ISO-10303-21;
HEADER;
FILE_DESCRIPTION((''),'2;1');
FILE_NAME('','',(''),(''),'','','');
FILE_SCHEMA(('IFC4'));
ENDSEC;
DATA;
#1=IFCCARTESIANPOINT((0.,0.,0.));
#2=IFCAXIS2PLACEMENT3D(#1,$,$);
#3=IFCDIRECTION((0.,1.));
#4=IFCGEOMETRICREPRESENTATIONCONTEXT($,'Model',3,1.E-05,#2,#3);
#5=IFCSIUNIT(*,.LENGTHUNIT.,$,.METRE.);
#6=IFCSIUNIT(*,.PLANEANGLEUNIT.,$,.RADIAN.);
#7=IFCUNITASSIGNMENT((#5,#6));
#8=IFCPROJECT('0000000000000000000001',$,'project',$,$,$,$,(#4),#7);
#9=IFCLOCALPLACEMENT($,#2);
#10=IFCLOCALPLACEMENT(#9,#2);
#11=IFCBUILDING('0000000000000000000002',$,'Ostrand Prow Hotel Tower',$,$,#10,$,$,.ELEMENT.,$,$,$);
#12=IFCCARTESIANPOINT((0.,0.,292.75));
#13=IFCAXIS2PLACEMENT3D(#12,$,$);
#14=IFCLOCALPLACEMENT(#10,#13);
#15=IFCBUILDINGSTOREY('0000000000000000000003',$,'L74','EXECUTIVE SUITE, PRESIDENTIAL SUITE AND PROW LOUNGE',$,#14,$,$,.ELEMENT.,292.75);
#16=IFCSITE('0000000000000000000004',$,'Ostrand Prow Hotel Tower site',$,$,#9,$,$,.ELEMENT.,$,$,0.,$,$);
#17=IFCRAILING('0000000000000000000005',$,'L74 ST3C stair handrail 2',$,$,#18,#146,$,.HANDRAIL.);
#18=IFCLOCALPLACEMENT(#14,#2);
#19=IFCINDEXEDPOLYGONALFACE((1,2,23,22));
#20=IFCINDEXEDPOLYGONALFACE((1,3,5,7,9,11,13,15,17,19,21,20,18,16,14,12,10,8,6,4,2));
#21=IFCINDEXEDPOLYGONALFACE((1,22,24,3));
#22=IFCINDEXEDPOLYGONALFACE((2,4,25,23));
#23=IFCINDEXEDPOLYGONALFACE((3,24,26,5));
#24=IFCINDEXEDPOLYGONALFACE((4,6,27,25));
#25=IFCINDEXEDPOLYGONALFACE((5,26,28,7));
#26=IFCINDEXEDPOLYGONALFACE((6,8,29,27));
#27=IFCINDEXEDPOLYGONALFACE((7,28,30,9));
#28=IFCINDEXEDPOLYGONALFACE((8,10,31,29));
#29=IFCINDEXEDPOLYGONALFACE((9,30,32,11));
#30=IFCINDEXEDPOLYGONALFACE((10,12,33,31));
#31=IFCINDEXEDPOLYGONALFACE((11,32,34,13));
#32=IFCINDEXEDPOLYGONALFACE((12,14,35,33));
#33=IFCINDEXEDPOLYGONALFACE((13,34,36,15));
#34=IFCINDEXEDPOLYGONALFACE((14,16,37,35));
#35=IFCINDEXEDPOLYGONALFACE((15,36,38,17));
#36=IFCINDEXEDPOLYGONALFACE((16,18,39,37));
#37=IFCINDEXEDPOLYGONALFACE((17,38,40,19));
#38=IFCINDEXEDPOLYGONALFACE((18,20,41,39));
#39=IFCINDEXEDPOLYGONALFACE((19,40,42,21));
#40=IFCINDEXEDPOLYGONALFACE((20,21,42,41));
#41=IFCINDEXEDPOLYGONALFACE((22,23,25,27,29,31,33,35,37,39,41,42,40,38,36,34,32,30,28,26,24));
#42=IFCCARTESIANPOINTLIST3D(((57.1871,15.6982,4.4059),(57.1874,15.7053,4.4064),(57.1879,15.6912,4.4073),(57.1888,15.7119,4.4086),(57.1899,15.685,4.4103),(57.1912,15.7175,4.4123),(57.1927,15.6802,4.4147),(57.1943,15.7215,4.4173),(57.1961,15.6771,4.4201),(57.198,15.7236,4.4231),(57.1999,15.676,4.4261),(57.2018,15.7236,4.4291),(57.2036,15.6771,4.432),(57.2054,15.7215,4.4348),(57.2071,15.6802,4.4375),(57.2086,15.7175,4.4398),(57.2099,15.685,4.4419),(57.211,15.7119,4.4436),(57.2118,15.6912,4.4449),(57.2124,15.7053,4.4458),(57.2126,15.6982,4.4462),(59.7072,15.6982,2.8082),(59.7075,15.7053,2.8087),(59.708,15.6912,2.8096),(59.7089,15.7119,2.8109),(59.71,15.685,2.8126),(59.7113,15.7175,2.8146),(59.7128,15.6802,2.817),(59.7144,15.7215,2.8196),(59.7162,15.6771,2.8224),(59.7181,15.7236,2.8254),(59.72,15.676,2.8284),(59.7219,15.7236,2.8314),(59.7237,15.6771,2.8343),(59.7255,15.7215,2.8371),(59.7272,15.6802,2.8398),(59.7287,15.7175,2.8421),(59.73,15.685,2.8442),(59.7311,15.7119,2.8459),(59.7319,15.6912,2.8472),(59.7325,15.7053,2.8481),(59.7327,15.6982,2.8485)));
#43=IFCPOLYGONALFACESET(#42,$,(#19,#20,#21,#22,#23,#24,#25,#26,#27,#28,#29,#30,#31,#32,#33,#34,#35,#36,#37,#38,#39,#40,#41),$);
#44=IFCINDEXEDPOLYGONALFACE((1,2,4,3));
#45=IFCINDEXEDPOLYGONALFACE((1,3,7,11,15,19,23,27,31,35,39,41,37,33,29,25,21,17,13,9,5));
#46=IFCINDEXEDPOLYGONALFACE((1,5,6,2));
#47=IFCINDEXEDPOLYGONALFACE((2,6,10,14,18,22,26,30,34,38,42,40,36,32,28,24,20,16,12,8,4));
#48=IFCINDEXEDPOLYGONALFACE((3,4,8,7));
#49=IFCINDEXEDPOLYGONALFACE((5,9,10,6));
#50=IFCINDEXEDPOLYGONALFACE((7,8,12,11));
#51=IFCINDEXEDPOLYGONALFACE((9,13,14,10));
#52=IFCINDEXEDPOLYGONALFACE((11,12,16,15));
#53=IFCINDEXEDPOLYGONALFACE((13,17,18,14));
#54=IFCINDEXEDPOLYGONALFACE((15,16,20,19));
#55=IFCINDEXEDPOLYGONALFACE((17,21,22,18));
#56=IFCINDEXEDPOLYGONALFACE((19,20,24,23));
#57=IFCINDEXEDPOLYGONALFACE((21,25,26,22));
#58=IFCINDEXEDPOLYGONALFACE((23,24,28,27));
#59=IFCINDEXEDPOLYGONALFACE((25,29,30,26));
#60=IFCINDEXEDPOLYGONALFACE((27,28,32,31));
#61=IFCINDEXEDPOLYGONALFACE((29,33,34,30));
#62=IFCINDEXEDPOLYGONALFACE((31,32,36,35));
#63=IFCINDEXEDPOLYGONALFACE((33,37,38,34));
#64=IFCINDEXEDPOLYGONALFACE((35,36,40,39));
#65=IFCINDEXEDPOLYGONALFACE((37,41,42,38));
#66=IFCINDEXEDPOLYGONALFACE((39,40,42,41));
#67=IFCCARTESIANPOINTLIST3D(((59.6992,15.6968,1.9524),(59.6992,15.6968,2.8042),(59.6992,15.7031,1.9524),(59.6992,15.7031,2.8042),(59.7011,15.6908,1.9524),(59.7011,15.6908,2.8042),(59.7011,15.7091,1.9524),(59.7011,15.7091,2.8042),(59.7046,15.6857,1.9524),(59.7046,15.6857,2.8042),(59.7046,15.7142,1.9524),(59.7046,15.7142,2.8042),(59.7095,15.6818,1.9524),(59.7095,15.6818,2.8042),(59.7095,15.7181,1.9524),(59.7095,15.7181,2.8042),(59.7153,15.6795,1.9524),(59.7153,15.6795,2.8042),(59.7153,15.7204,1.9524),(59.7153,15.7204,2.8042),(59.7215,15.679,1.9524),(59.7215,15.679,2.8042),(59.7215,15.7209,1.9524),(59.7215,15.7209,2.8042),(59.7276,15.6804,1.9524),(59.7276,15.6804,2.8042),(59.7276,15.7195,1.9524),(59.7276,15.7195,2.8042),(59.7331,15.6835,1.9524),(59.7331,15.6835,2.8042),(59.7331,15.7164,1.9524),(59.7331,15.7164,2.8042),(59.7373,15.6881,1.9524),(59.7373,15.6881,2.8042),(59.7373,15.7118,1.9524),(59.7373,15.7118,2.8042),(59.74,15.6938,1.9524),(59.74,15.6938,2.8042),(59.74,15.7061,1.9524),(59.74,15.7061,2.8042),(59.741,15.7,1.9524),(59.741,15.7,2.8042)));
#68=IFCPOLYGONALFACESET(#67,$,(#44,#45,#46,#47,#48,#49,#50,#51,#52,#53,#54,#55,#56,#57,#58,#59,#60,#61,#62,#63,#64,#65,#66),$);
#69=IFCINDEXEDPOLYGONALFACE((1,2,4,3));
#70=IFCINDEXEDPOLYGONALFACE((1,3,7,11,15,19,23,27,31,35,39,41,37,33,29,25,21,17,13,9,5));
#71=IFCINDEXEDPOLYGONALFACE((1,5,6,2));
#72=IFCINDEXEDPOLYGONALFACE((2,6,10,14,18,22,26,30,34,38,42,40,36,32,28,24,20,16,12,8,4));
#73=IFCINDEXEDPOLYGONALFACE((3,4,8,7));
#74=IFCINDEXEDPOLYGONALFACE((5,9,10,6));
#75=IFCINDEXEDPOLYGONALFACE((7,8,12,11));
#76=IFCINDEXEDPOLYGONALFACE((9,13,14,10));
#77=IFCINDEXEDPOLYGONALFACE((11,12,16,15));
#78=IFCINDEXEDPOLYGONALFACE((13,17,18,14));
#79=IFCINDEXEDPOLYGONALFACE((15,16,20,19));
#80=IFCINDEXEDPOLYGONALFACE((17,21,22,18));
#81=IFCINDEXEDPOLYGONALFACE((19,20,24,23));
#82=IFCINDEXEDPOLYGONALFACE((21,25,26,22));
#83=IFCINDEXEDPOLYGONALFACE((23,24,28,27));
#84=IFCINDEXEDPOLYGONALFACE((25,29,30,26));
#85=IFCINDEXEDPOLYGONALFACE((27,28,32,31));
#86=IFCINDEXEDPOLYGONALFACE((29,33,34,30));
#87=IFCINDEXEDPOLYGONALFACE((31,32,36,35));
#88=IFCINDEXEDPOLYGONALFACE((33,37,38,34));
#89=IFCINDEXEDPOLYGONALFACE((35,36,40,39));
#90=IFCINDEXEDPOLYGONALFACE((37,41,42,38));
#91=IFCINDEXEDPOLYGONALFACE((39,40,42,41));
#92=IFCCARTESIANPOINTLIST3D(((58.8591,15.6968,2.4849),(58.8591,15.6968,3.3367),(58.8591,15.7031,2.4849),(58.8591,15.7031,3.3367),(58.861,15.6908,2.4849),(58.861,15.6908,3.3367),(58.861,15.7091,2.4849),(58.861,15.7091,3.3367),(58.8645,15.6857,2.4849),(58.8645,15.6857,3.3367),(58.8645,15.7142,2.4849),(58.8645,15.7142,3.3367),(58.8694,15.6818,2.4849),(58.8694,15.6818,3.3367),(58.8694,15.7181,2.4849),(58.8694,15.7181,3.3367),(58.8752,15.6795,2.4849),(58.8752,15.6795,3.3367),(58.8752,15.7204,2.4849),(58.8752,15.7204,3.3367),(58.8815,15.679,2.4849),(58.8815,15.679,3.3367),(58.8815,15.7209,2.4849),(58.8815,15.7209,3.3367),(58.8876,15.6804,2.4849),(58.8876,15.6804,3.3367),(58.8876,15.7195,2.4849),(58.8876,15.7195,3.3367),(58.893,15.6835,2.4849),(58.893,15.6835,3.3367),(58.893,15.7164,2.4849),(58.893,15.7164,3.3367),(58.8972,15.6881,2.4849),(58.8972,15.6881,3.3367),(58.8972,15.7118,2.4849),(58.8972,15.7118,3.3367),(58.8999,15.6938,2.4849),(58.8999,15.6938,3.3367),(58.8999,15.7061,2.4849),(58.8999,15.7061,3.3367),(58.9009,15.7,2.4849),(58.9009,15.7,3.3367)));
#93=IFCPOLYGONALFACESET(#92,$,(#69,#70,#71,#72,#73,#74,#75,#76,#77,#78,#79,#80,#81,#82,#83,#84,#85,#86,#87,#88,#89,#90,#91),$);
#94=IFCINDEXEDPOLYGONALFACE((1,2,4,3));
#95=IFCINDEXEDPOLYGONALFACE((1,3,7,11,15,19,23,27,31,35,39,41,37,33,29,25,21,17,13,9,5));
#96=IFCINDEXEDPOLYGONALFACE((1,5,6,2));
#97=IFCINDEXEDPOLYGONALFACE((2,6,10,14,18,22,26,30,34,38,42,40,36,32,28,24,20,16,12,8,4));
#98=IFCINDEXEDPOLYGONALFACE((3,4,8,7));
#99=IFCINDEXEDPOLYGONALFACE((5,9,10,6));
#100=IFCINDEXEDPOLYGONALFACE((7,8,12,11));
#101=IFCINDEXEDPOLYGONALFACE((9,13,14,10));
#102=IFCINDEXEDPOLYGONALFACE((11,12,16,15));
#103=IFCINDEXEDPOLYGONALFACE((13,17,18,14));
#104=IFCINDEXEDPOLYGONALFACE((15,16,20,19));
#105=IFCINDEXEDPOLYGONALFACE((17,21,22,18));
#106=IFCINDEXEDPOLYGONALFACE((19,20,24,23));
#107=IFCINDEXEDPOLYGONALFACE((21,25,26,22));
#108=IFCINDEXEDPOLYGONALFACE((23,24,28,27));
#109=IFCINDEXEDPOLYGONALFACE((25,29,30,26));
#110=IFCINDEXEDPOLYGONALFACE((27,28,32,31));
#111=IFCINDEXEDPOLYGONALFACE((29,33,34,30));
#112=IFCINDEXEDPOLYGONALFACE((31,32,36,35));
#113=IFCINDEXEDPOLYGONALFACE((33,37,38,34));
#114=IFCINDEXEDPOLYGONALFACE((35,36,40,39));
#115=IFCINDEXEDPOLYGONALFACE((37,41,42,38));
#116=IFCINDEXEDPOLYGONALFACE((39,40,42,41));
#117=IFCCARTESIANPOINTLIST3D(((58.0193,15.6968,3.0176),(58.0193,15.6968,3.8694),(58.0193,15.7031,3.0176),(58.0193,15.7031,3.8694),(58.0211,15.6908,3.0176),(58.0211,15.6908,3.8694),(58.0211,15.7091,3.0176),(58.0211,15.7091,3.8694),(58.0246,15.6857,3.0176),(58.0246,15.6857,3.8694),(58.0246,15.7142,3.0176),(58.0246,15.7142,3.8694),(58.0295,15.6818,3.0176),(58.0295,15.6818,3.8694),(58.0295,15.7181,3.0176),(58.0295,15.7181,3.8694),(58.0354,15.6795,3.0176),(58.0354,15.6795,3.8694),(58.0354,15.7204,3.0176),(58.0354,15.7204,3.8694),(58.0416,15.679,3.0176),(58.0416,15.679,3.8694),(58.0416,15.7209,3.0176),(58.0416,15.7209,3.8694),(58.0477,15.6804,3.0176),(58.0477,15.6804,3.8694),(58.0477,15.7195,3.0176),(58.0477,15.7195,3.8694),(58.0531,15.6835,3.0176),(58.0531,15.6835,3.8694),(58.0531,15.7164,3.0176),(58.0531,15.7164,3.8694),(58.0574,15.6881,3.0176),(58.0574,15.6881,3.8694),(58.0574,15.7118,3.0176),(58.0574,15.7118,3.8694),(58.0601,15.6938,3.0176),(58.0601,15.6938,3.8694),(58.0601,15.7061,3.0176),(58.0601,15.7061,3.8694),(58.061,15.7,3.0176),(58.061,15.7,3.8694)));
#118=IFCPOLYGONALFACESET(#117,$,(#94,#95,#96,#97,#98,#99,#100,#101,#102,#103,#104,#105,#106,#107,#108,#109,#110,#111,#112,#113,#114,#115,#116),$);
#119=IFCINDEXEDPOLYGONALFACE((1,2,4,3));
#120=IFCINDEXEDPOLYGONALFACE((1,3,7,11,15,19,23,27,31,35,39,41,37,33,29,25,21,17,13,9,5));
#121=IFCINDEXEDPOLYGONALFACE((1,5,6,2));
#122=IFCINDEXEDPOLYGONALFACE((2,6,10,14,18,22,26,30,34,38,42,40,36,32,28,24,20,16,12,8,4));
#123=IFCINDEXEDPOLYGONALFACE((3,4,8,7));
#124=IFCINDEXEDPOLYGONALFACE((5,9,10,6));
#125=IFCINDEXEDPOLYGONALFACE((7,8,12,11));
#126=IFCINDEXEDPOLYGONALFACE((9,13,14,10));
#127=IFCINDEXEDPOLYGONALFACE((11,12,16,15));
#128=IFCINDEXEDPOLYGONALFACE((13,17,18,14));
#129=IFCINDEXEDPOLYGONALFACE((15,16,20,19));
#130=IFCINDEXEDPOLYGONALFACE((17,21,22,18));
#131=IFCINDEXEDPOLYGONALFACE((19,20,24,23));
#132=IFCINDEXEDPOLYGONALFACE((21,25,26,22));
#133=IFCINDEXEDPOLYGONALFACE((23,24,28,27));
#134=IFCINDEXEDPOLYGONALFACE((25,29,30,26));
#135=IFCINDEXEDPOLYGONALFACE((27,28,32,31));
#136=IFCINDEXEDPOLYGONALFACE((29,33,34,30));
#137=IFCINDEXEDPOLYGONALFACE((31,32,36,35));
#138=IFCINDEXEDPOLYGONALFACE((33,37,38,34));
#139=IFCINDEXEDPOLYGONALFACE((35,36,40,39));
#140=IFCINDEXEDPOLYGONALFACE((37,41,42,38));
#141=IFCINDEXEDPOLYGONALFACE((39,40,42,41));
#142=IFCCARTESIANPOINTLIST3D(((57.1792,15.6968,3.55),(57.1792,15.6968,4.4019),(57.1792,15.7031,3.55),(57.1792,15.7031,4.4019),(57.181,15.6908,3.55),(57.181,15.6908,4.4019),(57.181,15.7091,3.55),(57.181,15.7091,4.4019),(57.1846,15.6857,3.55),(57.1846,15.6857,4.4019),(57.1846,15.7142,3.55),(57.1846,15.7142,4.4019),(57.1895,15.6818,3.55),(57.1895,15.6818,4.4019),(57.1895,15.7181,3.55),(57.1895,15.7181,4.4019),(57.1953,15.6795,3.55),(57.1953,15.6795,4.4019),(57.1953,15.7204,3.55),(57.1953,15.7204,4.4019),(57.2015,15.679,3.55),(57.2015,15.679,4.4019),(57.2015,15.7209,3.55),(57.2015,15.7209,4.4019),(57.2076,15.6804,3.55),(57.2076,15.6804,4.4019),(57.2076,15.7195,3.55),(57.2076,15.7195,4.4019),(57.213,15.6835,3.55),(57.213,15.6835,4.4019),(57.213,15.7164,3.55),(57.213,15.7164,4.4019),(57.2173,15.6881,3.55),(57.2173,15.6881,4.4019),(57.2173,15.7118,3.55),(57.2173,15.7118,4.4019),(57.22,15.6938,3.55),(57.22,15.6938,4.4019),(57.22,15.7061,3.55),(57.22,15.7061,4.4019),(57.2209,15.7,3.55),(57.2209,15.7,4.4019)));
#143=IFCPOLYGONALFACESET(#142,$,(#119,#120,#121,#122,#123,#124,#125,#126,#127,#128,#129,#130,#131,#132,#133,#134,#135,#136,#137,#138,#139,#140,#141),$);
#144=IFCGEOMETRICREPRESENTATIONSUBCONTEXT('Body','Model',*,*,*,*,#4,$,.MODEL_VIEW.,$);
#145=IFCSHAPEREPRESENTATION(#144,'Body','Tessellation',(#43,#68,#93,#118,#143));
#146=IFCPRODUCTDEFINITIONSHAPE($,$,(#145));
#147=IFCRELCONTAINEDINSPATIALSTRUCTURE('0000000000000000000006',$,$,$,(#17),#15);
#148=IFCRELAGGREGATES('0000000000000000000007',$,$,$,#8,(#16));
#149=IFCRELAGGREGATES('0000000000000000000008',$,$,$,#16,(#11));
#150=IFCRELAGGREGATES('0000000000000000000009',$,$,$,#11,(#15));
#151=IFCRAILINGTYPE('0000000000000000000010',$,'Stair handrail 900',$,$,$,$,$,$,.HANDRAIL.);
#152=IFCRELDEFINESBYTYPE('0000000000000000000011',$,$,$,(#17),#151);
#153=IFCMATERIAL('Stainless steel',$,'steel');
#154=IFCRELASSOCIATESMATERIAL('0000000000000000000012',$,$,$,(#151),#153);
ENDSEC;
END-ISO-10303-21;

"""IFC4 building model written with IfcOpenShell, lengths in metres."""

from ifc_helpers import new_model, si_unit, direction, frame, origin, origin_2d, place, context, subcontext, project, spatial, circle, extrude, material, type_object, element, save


model = new_model("IFC4")

# Units and contexts
model_context = context("Model", 3, precision=1e-05, world=origin(), true_north=direction((0.0, 1.0)))
body_context = subcontext(model_context, "Body", "Model", "MODEL_VIEW")
ifc_project = project(units=[si_unit("LENGTHUNIT", "METRE"), si_unit("PLANEANGLEUNIT", "RADIAN")], contexts=[model_context])

# Site, building, storey
site_placement = place(None, origin())
site = spatial("IfcSite", under=ifc_project, at=site_placement, Name="Ostrand Prow Hotel Tower site", CompositionType="ELEMENT", RefElevation=0.0)
building_placement = place(site_placement, origin())
building = spatial("IfcBuilding", under=site, at=building_placement, Name="Ostrand Prow Hotel Tower", CompositionType="ELEMENT")
storey_placement = place(building_placement, frame((0.0, 0.0, 292.75)))
storey = spatial("IfcBuildingStorey", under=building, at=storey_placement, Name="L74", Description="EXECUTIVE SUITE, PRESIDENTIAL SUITE AND PROW LOUNGE", CompositionType="ELEMENT", Elevation=292.75)

# Railing
ifc_material_1 = material(Name="Stainless steel", Category="steel")
railing_type_1 = type_object("IfcRailingType", Name="Stair handrail 900", PredefinedType="HANDRAIL", material=ifc_material_1)
railing_1_placement = place(storey_placement, frame((59.72, 15.7, 1.9524)))
element("IfcRailing", 1, at=railing_1_placement, inside=storey, type_object=railing_type_1, Name="L74 ST3C stair handrail 2", PredefinedType="HANDRAIL", context=body_context, shape_type="SweptSolid", body=[
    extrude(circle(Radius=0.0239, at=origin_2d()), frame((0.0, 0.0, 0.876), z_axis=(-0.84457, 0.0, 0.535445), x_axis=(0.0, -1.0, 0.0)), (0.0, 0.0, 1.0), 2.9839),
    extrude(circle(Radius=0.021, at=origin_2d()), origin(), (0.0, 0.0, 1.0), 0.8518),
    extrude(circle(Radius=0.021, at=origin_2d()), frame((-0.8401, 0.0, 0.5325)), (0.0, 0.0, 1.0), 0.8518),
    extrude(circle(Radius=0.021, at=origin_2d()), frame((-1.6799, 0.0, 1.0652)), (0.0, 0.0, 1.0), 0.8518),
    extrude(circle(Radius=0.021, at=origin_2d()), frame((-2.52, 0.0, 1.5977)), (0.0, 0.0, 1.0), 0.8518),
])

save(model, "model.ifc")
